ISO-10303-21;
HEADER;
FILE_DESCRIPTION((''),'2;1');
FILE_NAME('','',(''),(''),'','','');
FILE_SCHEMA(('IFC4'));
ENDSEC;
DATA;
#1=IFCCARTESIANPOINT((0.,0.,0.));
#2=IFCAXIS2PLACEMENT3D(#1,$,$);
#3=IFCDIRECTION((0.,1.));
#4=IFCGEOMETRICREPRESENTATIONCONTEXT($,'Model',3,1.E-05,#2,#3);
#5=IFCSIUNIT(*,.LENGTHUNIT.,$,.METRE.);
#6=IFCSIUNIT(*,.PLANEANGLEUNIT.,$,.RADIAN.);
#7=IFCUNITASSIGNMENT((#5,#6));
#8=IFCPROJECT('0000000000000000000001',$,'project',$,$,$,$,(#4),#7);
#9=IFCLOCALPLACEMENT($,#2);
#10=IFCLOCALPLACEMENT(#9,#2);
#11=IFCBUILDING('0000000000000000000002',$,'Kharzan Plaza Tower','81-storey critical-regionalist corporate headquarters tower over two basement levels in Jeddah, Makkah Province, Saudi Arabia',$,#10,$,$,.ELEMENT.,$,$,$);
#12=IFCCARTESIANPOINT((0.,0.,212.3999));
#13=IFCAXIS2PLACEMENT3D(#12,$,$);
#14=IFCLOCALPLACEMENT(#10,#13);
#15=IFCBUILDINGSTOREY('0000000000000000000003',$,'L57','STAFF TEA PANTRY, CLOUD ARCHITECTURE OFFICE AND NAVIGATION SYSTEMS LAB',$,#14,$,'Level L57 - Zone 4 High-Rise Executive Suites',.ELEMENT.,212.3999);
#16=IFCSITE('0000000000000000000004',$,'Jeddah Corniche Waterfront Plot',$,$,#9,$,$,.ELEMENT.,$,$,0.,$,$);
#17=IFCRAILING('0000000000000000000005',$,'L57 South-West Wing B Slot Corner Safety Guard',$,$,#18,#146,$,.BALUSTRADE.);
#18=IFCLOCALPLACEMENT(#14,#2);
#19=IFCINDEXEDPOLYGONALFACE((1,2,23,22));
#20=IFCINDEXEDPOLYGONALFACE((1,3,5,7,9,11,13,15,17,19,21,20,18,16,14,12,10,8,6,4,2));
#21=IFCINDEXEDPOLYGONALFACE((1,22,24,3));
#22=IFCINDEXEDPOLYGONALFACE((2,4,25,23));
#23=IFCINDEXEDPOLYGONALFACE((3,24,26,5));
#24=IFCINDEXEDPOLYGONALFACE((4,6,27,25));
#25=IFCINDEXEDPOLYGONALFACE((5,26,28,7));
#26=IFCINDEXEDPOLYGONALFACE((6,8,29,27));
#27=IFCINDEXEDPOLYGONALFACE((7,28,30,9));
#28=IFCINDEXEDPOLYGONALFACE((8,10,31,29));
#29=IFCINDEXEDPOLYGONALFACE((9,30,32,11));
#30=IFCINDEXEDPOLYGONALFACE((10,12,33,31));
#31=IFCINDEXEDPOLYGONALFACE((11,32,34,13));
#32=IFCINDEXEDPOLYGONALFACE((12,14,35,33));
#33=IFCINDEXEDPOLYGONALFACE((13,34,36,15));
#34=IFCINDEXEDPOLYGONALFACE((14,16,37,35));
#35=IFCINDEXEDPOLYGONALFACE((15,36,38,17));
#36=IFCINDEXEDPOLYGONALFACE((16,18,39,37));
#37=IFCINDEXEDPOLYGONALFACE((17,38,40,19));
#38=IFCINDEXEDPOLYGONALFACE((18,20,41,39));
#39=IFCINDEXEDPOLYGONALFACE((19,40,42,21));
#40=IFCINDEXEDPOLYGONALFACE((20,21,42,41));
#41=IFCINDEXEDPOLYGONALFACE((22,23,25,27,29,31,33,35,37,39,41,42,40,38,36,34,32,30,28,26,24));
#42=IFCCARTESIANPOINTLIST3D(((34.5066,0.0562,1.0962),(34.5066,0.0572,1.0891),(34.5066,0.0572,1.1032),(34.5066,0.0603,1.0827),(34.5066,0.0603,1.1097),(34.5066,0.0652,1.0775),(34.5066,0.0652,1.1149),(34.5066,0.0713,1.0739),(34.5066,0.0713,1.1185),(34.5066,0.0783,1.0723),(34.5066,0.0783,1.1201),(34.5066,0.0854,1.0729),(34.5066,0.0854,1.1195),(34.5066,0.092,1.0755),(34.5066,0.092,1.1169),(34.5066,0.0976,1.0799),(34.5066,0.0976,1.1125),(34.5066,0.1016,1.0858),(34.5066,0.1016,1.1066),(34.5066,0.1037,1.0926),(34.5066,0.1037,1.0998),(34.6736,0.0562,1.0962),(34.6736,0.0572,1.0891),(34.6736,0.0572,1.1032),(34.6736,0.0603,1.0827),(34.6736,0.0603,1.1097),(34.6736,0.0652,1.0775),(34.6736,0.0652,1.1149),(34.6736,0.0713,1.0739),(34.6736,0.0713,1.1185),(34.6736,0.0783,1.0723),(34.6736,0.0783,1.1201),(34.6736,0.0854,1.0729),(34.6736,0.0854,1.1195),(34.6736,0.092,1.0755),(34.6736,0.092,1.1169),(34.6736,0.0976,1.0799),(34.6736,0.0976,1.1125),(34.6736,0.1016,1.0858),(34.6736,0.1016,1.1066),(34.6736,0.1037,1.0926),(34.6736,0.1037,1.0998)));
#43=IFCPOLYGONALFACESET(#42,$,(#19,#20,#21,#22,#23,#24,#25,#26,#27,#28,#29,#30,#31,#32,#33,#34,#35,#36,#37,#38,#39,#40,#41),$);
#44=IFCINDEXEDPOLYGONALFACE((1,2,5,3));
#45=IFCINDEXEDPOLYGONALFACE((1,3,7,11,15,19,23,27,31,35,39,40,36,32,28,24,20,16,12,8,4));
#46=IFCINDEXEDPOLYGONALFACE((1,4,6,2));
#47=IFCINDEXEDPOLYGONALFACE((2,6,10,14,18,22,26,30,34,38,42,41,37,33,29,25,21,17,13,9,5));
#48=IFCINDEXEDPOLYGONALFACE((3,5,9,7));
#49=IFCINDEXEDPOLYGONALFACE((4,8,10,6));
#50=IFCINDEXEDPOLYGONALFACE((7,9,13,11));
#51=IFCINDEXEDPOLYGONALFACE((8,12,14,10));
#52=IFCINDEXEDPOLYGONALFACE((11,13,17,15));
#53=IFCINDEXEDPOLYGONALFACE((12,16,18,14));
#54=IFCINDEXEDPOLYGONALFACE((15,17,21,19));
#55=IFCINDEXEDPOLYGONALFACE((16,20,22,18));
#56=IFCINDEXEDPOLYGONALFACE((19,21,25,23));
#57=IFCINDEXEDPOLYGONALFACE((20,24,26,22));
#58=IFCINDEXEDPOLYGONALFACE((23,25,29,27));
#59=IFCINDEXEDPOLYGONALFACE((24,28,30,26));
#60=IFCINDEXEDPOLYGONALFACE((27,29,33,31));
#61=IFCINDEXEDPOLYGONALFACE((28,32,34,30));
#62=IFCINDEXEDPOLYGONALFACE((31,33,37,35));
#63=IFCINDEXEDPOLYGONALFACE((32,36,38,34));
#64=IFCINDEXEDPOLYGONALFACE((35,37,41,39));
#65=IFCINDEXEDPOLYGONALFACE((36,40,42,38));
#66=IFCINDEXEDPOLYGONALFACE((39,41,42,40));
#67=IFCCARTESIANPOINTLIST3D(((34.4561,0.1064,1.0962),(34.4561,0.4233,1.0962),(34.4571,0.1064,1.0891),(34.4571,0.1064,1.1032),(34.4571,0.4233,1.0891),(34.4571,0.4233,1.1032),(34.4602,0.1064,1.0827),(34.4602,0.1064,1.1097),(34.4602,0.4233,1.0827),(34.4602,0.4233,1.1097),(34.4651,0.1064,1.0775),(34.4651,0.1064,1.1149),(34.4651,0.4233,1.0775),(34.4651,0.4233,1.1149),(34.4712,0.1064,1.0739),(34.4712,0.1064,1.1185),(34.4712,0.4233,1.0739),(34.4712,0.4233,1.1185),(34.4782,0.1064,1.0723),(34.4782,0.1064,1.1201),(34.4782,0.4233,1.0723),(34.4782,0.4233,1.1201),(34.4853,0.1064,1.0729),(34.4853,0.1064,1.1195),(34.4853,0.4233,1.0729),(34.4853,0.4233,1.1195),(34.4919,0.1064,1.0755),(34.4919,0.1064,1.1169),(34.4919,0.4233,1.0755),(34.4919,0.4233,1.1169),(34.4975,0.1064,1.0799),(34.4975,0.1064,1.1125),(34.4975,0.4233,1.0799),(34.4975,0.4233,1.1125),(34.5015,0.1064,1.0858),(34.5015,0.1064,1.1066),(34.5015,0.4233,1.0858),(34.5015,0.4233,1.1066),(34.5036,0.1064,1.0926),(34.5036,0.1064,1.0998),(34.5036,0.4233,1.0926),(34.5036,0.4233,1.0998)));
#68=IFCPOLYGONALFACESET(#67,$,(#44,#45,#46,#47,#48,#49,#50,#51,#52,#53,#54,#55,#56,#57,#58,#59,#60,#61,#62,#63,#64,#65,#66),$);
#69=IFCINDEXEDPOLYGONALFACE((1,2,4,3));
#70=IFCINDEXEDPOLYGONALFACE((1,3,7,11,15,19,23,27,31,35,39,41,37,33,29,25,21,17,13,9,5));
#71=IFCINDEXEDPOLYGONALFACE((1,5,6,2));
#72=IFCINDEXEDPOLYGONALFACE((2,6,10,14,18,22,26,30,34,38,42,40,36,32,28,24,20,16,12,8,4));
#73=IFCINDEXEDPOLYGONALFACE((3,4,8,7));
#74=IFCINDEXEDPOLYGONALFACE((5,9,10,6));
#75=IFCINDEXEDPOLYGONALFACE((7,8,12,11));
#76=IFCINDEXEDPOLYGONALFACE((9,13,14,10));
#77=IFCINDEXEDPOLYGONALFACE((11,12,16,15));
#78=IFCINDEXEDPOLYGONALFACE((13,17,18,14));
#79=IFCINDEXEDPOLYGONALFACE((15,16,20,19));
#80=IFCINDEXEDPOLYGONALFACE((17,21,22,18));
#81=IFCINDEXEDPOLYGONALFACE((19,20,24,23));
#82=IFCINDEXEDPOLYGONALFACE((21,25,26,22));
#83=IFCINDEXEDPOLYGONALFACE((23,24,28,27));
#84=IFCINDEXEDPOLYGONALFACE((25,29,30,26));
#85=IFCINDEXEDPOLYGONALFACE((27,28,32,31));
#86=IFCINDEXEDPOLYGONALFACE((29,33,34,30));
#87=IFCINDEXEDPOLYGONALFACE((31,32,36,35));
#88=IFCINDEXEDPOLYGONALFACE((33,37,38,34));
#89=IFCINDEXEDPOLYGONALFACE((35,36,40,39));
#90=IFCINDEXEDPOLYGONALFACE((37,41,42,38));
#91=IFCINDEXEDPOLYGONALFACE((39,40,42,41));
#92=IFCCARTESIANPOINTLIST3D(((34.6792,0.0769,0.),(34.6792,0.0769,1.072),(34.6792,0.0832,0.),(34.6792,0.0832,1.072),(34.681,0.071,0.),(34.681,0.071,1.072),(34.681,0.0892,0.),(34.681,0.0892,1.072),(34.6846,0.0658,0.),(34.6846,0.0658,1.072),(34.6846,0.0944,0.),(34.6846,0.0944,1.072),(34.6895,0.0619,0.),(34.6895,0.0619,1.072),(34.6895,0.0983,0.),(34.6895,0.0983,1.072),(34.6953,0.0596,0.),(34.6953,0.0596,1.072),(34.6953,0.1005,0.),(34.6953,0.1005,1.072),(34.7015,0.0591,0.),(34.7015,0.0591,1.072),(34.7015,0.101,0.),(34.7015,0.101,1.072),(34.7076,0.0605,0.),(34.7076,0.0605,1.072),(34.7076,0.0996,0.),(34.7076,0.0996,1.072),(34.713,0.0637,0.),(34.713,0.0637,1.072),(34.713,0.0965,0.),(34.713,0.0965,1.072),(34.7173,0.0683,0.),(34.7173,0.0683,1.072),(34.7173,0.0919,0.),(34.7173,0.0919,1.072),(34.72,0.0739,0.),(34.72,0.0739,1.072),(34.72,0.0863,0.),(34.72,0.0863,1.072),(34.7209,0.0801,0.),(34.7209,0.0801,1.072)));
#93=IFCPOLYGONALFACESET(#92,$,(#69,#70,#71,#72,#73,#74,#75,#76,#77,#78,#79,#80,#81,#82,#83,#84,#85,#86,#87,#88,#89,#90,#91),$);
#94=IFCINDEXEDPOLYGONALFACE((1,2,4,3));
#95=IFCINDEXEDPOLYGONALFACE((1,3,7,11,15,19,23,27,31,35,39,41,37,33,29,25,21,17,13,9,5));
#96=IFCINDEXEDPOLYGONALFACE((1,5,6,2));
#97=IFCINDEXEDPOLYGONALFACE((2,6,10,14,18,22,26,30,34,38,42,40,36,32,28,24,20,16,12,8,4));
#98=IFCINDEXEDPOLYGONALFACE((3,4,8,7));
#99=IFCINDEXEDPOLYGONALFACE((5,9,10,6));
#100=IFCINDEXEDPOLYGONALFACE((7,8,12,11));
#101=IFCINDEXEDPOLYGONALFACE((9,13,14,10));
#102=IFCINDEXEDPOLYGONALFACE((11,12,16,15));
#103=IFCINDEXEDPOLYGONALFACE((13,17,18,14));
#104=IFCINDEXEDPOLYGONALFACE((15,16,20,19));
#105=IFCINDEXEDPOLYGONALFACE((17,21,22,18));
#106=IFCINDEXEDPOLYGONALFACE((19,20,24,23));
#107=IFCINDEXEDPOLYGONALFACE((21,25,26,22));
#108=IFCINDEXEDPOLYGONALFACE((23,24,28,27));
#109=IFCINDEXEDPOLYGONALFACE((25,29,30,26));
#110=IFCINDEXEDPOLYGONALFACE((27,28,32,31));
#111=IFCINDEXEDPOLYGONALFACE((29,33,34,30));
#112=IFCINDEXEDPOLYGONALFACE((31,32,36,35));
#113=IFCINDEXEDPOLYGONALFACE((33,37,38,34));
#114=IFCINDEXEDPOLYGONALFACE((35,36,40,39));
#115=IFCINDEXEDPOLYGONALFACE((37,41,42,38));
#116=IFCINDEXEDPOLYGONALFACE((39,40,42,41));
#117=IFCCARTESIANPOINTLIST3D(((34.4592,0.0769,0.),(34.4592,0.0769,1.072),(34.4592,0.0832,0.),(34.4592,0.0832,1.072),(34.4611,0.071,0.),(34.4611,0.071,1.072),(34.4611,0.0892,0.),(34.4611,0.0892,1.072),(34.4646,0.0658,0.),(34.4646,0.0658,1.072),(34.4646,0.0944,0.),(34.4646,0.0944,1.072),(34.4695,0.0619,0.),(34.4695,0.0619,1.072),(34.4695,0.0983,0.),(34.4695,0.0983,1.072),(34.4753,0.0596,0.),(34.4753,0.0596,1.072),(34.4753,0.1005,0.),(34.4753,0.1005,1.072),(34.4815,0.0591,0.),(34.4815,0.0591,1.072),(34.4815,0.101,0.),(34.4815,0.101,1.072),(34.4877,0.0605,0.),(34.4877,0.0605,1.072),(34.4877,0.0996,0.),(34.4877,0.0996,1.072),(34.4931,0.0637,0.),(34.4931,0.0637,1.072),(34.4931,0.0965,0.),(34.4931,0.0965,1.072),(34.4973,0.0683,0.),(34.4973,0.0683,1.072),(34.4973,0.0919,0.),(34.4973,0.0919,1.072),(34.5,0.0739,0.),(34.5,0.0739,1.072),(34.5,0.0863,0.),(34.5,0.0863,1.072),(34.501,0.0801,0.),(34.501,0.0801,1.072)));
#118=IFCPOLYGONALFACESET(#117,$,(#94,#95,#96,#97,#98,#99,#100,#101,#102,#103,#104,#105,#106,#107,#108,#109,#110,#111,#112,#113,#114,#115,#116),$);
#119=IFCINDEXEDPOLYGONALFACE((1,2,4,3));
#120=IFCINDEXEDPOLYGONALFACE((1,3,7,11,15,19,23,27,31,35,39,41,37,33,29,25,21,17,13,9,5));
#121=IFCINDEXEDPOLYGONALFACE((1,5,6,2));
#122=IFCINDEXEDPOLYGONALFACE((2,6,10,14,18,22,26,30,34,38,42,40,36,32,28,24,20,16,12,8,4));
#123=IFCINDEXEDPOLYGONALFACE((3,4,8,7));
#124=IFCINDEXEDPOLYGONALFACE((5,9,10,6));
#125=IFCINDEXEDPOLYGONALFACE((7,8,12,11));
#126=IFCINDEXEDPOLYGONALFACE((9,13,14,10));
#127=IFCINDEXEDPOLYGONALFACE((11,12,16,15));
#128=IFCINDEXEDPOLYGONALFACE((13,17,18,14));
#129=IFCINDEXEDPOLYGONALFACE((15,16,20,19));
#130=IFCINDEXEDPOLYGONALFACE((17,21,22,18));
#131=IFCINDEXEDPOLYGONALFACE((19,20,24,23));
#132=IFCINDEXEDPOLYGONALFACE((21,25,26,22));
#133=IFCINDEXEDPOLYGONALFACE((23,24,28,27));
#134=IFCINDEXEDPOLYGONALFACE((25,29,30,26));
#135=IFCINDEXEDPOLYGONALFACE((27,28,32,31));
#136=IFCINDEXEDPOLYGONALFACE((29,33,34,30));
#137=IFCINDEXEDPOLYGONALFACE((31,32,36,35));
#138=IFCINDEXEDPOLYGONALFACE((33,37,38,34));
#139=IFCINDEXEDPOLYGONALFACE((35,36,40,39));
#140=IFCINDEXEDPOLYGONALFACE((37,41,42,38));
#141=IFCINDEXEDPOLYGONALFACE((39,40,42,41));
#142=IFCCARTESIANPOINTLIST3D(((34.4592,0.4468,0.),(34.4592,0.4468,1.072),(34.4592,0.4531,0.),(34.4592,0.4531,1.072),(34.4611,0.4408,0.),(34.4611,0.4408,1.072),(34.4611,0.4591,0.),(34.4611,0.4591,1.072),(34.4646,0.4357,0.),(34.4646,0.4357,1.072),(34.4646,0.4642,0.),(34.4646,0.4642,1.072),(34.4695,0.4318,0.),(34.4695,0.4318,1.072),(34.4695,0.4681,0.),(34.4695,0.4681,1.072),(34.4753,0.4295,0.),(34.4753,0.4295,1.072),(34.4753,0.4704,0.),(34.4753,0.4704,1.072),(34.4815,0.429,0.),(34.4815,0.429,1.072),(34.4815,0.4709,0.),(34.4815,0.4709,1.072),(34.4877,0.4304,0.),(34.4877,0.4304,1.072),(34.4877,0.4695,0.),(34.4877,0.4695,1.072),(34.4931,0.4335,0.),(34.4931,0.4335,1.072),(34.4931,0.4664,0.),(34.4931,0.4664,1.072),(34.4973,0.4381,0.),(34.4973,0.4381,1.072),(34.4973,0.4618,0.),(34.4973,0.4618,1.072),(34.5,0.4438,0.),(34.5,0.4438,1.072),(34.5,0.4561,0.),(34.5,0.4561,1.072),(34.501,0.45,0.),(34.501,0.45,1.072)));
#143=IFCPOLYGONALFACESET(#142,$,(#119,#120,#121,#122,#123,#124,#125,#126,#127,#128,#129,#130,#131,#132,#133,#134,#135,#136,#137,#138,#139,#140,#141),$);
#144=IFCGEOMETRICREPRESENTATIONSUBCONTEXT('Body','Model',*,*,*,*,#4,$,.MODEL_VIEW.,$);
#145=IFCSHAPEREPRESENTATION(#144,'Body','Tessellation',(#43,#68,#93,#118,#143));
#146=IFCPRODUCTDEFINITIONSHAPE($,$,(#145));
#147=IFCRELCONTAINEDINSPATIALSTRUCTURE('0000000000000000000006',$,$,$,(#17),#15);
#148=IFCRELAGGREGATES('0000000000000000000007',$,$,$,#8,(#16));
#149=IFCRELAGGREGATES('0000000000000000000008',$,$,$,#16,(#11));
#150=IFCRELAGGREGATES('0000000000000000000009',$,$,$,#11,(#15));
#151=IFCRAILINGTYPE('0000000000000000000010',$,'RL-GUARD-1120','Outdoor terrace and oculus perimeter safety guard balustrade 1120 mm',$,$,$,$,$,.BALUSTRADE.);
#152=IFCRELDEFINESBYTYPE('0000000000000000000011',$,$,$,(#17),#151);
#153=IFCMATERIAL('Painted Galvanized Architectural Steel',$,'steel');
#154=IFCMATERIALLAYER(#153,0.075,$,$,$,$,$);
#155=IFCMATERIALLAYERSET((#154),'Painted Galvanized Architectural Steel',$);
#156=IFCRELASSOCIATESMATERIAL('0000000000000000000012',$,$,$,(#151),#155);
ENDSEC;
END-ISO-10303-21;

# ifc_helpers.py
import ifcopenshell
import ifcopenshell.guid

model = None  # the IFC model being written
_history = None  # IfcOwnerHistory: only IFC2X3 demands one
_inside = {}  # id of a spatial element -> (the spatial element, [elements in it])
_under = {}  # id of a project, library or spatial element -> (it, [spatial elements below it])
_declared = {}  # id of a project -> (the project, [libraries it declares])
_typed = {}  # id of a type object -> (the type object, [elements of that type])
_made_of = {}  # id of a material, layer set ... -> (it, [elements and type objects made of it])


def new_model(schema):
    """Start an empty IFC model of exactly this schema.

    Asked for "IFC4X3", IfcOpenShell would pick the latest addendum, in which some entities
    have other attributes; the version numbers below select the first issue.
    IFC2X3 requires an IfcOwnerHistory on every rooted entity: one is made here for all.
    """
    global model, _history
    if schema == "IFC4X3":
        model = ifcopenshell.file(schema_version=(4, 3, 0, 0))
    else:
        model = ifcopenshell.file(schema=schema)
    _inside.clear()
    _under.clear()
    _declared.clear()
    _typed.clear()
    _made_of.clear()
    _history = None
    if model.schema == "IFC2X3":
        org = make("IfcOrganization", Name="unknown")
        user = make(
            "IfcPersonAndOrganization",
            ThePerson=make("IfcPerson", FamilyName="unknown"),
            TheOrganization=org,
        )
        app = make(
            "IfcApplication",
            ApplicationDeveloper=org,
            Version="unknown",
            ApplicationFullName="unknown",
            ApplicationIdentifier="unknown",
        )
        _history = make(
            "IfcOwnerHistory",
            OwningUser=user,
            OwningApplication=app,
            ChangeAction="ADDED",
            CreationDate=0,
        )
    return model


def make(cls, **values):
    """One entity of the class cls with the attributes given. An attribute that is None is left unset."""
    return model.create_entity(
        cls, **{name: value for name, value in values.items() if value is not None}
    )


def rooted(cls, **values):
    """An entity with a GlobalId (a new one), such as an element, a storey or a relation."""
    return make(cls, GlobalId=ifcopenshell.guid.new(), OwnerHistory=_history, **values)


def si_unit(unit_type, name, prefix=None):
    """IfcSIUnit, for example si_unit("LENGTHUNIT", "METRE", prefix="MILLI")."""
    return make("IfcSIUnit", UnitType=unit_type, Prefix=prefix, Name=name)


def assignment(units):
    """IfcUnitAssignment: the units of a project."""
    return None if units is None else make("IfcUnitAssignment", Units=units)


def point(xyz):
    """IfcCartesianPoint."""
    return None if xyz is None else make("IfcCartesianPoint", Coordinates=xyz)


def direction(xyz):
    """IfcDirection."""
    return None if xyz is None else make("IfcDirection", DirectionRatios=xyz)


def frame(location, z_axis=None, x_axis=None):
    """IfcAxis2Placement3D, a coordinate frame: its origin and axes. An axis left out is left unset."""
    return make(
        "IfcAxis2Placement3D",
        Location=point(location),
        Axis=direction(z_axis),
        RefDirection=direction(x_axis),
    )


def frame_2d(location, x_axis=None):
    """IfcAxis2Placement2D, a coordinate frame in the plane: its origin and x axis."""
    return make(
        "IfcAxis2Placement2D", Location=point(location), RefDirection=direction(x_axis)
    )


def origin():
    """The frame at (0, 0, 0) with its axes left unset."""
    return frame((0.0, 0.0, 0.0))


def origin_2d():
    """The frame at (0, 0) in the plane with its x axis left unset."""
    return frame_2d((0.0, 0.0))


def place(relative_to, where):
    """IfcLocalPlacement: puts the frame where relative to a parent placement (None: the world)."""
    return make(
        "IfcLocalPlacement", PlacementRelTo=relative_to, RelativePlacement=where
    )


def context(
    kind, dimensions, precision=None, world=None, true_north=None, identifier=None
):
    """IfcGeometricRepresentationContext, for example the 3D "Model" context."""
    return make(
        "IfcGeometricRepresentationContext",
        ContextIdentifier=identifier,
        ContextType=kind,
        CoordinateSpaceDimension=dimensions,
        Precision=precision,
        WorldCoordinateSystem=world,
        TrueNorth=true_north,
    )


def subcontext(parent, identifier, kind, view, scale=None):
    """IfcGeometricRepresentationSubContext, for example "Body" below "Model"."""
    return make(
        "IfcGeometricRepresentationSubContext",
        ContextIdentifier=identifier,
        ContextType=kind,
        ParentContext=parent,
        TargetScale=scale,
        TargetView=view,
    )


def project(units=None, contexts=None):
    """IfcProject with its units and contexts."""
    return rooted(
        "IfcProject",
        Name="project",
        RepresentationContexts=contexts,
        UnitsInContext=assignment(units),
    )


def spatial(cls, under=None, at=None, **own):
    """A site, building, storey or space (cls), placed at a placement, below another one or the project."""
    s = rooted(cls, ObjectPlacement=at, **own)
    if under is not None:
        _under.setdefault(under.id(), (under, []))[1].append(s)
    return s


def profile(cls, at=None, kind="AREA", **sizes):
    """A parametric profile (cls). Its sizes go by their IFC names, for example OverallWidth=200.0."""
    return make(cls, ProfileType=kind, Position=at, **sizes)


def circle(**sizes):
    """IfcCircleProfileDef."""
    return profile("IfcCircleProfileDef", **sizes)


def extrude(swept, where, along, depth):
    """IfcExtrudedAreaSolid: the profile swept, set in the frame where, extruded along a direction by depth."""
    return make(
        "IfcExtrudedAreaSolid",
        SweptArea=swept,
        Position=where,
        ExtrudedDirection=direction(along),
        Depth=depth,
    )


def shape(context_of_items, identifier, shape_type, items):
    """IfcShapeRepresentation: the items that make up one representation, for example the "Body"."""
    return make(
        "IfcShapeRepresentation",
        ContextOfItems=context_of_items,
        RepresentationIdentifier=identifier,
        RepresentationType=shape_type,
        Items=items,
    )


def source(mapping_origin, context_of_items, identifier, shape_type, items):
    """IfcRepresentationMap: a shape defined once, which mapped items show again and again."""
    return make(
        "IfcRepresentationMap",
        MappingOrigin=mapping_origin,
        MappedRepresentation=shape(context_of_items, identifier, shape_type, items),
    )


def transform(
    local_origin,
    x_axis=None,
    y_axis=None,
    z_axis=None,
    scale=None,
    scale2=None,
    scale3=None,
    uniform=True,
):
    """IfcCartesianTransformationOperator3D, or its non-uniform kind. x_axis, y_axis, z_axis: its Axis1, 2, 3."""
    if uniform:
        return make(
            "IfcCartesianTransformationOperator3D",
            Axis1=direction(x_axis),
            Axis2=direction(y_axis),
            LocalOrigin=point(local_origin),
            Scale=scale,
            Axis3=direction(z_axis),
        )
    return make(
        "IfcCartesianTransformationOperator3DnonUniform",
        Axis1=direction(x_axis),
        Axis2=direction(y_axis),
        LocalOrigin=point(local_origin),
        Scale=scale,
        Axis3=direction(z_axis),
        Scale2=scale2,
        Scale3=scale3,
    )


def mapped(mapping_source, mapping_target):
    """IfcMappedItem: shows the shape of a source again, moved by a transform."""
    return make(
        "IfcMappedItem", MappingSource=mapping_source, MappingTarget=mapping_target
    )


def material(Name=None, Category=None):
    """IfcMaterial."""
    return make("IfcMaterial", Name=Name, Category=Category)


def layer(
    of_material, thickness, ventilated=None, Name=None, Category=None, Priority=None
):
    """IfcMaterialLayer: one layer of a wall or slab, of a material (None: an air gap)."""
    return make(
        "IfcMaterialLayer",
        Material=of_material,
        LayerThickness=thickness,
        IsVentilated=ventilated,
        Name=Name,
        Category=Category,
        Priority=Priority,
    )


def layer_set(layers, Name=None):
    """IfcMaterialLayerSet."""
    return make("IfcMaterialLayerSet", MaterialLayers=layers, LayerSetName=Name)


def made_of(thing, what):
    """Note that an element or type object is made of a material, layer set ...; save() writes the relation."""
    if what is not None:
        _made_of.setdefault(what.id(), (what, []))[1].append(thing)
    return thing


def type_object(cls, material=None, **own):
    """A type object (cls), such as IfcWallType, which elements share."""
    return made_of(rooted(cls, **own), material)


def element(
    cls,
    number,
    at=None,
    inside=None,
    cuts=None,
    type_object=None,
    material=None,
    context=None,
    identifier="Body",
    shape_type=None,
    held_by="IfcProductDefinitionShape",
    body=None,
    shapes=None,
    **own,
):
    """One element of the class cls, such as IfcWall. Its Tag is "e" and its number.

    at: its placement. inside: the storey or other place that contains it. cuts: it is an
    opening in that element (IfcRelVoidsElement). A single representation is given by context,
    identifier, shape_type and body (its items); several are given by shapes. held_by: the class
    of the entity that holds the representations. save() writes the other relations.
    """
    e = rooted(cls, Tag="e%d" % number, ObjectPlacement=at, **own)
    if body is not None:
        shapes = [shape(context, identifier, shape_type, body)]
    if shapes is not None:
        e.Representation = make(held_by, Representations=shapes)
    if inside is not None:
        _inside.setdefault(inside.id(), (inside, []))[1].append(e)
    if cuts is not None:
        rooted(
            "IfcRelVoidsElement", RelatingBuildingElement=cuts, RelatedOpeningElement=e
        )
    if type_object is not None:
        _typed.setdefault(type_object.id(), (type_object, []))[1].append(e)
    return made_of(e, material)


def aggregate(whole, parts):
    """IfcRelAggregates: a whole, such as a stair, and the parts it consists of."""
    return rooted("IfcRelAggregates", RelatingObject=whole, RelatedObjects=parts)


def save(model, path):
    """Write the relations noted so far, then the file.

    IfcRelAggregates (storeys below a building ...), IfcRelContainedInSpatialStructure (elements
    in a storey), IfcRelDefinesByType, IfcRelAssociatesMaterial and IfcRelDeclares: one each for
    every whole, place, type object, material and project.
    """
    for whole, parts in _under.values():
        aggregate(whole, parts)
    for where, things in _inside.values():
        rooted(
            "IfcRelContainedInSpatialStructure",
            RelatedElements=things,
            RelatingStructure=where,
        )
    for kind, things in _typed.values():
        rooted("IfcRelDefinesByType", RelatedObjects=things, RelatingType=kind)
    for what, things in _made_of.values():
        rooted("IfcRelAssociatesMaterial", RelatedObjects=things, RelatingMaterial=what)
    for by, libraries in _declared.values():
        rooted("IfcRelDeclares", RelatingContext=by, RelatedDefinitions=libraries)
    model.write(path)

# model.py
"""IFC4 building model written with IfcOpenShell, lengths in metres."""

from ifc_helpers import new_model, si_unit, direction, frame, origin, origin_2d, place, context, subcontext, project, spatial, circle, extrude, source, transform, mapped, material, layer, layer_set, type_object, element, save


model = new_model("IFC4")

# Units and contexts
model_context = context("Model", 3, precision=1e-05, world=origin(), true_north=direction((0.0, 1.0)))
body_context = subcontext(model_context, "Body", "Model", "MODEL_VIEW")
ifc_project = project(units=[si_unit("LENGTHUNIT", "METRE"), si_unit("PLANEANGLEUNIT", "RADIAN")], contexts=[model_context])

# Site, building, storey
site_placement = place(None, origin())
site = spatial("IfcSite", under=ifc_project, at=site_placement, Name="Jeddah Corniche Waterfront Plot", CompositionType="ELEMENT", RefElevation=0.0)
building_placement = place(site_placement, origin())
building = spatial("IfcBuilding", under=site, at=building_placement, Name="Kharzan Plaza Tower", Description="81-storey critical-regionalist corporate headquarters tower over two basement levels in Jeddah, Makkah Province, Saudi Arabia", CompositionType="ELEMENT")
storey_placement = place(building_placement, frame((0.0, 0.0, 212.3999)))
storey = spatial("IfcBuildingStorey", under=building, at=storey_placement, Name="L57", Description="STAFF TEA PANTRY, CLOUD ARCHITECTURE OFFICE AND NAVIGATION SYSTEMS LAB", LongName="Level L57 - Zone 4 High-Rise Executive Suites", CompositionType="ELEMENT", Elevation=212.3999)

# Railing
ifc_material_1 = material(Name="Painted Galvanized Architectural Steel", Category="steel")
ifc_layer_1 = layer(ifc_material_1, 0.075)
ifc_layer_set_1 = layer_set([ifc_layer_1], Name="Painted Galvanized Architectural Steel")
railing_type = type_object("IfcRailingType", Name="RL-GUARD-1120", Description="Outdoor terrace and oculus perimeter safety guard balustrade 1120 mm", PredefinedType="BALUSTRADE", material=ifc_layer_set_1)
shared_shape_1 = source(origin(), body_context, "Body", "SweptSolid", [
    extrude(circle(Radius=0.0239, at=origin_2d()), frame((-0.0264, 0.0, 1.0962), z_axis=(-1.0, 0.0, 0.0), x_axis=(0.0, -1.0, 0.0)), (0.0, 0.0, 1.0), 0.167),
    extrude(circle(Radius=0.0239, at=origin_2d()), frame((-0.22, 0.0264, 1.0962), z_axis=(0.0, 1.0, 0.0), x_axis=(-1.0, 0.0, 0.0)), (0.0, 0.0, 1.0), 0.3169),
    extrude(circle(Radius=0.021, at=origin_2d()), origin(), (0.0, 0.0, 1.0), 1.072),
    extrude(circle(Radius=0.021, at=origin_2d()), frame((-0.22, 0.0, 0.0)), (0.0, 0.0, 1.0), 1.072),
    extrude(circle(Radius=0.021, at=origin_2d()), frame((-0.22, 0.3699, 0.0)), (0.0, 0.0, 1.0), 1.072),
])
railing_1_placement = place(storey_placement, frame((34.7, 0.0801, 0.0)))
element("IfcRailing", 1, at=railing_1_placement, inside=storey, type_object=railing_type, Name="L57 South-West Wing B Slot Corner Safety Guard", PredefinedType="BALUSTRADE", context=body_context, shape_type="MappedRepresentation", body=[
    mapped(shared_shape_1, transform((0.0, 0.0, 0.0), x_axis=(1.0, 0.0, 0.0), y_axis=(0.0, 1.0, 0.0), z_axis=(0.0, 0.0, 1.0))),
])

save(model, "model.ifc")
